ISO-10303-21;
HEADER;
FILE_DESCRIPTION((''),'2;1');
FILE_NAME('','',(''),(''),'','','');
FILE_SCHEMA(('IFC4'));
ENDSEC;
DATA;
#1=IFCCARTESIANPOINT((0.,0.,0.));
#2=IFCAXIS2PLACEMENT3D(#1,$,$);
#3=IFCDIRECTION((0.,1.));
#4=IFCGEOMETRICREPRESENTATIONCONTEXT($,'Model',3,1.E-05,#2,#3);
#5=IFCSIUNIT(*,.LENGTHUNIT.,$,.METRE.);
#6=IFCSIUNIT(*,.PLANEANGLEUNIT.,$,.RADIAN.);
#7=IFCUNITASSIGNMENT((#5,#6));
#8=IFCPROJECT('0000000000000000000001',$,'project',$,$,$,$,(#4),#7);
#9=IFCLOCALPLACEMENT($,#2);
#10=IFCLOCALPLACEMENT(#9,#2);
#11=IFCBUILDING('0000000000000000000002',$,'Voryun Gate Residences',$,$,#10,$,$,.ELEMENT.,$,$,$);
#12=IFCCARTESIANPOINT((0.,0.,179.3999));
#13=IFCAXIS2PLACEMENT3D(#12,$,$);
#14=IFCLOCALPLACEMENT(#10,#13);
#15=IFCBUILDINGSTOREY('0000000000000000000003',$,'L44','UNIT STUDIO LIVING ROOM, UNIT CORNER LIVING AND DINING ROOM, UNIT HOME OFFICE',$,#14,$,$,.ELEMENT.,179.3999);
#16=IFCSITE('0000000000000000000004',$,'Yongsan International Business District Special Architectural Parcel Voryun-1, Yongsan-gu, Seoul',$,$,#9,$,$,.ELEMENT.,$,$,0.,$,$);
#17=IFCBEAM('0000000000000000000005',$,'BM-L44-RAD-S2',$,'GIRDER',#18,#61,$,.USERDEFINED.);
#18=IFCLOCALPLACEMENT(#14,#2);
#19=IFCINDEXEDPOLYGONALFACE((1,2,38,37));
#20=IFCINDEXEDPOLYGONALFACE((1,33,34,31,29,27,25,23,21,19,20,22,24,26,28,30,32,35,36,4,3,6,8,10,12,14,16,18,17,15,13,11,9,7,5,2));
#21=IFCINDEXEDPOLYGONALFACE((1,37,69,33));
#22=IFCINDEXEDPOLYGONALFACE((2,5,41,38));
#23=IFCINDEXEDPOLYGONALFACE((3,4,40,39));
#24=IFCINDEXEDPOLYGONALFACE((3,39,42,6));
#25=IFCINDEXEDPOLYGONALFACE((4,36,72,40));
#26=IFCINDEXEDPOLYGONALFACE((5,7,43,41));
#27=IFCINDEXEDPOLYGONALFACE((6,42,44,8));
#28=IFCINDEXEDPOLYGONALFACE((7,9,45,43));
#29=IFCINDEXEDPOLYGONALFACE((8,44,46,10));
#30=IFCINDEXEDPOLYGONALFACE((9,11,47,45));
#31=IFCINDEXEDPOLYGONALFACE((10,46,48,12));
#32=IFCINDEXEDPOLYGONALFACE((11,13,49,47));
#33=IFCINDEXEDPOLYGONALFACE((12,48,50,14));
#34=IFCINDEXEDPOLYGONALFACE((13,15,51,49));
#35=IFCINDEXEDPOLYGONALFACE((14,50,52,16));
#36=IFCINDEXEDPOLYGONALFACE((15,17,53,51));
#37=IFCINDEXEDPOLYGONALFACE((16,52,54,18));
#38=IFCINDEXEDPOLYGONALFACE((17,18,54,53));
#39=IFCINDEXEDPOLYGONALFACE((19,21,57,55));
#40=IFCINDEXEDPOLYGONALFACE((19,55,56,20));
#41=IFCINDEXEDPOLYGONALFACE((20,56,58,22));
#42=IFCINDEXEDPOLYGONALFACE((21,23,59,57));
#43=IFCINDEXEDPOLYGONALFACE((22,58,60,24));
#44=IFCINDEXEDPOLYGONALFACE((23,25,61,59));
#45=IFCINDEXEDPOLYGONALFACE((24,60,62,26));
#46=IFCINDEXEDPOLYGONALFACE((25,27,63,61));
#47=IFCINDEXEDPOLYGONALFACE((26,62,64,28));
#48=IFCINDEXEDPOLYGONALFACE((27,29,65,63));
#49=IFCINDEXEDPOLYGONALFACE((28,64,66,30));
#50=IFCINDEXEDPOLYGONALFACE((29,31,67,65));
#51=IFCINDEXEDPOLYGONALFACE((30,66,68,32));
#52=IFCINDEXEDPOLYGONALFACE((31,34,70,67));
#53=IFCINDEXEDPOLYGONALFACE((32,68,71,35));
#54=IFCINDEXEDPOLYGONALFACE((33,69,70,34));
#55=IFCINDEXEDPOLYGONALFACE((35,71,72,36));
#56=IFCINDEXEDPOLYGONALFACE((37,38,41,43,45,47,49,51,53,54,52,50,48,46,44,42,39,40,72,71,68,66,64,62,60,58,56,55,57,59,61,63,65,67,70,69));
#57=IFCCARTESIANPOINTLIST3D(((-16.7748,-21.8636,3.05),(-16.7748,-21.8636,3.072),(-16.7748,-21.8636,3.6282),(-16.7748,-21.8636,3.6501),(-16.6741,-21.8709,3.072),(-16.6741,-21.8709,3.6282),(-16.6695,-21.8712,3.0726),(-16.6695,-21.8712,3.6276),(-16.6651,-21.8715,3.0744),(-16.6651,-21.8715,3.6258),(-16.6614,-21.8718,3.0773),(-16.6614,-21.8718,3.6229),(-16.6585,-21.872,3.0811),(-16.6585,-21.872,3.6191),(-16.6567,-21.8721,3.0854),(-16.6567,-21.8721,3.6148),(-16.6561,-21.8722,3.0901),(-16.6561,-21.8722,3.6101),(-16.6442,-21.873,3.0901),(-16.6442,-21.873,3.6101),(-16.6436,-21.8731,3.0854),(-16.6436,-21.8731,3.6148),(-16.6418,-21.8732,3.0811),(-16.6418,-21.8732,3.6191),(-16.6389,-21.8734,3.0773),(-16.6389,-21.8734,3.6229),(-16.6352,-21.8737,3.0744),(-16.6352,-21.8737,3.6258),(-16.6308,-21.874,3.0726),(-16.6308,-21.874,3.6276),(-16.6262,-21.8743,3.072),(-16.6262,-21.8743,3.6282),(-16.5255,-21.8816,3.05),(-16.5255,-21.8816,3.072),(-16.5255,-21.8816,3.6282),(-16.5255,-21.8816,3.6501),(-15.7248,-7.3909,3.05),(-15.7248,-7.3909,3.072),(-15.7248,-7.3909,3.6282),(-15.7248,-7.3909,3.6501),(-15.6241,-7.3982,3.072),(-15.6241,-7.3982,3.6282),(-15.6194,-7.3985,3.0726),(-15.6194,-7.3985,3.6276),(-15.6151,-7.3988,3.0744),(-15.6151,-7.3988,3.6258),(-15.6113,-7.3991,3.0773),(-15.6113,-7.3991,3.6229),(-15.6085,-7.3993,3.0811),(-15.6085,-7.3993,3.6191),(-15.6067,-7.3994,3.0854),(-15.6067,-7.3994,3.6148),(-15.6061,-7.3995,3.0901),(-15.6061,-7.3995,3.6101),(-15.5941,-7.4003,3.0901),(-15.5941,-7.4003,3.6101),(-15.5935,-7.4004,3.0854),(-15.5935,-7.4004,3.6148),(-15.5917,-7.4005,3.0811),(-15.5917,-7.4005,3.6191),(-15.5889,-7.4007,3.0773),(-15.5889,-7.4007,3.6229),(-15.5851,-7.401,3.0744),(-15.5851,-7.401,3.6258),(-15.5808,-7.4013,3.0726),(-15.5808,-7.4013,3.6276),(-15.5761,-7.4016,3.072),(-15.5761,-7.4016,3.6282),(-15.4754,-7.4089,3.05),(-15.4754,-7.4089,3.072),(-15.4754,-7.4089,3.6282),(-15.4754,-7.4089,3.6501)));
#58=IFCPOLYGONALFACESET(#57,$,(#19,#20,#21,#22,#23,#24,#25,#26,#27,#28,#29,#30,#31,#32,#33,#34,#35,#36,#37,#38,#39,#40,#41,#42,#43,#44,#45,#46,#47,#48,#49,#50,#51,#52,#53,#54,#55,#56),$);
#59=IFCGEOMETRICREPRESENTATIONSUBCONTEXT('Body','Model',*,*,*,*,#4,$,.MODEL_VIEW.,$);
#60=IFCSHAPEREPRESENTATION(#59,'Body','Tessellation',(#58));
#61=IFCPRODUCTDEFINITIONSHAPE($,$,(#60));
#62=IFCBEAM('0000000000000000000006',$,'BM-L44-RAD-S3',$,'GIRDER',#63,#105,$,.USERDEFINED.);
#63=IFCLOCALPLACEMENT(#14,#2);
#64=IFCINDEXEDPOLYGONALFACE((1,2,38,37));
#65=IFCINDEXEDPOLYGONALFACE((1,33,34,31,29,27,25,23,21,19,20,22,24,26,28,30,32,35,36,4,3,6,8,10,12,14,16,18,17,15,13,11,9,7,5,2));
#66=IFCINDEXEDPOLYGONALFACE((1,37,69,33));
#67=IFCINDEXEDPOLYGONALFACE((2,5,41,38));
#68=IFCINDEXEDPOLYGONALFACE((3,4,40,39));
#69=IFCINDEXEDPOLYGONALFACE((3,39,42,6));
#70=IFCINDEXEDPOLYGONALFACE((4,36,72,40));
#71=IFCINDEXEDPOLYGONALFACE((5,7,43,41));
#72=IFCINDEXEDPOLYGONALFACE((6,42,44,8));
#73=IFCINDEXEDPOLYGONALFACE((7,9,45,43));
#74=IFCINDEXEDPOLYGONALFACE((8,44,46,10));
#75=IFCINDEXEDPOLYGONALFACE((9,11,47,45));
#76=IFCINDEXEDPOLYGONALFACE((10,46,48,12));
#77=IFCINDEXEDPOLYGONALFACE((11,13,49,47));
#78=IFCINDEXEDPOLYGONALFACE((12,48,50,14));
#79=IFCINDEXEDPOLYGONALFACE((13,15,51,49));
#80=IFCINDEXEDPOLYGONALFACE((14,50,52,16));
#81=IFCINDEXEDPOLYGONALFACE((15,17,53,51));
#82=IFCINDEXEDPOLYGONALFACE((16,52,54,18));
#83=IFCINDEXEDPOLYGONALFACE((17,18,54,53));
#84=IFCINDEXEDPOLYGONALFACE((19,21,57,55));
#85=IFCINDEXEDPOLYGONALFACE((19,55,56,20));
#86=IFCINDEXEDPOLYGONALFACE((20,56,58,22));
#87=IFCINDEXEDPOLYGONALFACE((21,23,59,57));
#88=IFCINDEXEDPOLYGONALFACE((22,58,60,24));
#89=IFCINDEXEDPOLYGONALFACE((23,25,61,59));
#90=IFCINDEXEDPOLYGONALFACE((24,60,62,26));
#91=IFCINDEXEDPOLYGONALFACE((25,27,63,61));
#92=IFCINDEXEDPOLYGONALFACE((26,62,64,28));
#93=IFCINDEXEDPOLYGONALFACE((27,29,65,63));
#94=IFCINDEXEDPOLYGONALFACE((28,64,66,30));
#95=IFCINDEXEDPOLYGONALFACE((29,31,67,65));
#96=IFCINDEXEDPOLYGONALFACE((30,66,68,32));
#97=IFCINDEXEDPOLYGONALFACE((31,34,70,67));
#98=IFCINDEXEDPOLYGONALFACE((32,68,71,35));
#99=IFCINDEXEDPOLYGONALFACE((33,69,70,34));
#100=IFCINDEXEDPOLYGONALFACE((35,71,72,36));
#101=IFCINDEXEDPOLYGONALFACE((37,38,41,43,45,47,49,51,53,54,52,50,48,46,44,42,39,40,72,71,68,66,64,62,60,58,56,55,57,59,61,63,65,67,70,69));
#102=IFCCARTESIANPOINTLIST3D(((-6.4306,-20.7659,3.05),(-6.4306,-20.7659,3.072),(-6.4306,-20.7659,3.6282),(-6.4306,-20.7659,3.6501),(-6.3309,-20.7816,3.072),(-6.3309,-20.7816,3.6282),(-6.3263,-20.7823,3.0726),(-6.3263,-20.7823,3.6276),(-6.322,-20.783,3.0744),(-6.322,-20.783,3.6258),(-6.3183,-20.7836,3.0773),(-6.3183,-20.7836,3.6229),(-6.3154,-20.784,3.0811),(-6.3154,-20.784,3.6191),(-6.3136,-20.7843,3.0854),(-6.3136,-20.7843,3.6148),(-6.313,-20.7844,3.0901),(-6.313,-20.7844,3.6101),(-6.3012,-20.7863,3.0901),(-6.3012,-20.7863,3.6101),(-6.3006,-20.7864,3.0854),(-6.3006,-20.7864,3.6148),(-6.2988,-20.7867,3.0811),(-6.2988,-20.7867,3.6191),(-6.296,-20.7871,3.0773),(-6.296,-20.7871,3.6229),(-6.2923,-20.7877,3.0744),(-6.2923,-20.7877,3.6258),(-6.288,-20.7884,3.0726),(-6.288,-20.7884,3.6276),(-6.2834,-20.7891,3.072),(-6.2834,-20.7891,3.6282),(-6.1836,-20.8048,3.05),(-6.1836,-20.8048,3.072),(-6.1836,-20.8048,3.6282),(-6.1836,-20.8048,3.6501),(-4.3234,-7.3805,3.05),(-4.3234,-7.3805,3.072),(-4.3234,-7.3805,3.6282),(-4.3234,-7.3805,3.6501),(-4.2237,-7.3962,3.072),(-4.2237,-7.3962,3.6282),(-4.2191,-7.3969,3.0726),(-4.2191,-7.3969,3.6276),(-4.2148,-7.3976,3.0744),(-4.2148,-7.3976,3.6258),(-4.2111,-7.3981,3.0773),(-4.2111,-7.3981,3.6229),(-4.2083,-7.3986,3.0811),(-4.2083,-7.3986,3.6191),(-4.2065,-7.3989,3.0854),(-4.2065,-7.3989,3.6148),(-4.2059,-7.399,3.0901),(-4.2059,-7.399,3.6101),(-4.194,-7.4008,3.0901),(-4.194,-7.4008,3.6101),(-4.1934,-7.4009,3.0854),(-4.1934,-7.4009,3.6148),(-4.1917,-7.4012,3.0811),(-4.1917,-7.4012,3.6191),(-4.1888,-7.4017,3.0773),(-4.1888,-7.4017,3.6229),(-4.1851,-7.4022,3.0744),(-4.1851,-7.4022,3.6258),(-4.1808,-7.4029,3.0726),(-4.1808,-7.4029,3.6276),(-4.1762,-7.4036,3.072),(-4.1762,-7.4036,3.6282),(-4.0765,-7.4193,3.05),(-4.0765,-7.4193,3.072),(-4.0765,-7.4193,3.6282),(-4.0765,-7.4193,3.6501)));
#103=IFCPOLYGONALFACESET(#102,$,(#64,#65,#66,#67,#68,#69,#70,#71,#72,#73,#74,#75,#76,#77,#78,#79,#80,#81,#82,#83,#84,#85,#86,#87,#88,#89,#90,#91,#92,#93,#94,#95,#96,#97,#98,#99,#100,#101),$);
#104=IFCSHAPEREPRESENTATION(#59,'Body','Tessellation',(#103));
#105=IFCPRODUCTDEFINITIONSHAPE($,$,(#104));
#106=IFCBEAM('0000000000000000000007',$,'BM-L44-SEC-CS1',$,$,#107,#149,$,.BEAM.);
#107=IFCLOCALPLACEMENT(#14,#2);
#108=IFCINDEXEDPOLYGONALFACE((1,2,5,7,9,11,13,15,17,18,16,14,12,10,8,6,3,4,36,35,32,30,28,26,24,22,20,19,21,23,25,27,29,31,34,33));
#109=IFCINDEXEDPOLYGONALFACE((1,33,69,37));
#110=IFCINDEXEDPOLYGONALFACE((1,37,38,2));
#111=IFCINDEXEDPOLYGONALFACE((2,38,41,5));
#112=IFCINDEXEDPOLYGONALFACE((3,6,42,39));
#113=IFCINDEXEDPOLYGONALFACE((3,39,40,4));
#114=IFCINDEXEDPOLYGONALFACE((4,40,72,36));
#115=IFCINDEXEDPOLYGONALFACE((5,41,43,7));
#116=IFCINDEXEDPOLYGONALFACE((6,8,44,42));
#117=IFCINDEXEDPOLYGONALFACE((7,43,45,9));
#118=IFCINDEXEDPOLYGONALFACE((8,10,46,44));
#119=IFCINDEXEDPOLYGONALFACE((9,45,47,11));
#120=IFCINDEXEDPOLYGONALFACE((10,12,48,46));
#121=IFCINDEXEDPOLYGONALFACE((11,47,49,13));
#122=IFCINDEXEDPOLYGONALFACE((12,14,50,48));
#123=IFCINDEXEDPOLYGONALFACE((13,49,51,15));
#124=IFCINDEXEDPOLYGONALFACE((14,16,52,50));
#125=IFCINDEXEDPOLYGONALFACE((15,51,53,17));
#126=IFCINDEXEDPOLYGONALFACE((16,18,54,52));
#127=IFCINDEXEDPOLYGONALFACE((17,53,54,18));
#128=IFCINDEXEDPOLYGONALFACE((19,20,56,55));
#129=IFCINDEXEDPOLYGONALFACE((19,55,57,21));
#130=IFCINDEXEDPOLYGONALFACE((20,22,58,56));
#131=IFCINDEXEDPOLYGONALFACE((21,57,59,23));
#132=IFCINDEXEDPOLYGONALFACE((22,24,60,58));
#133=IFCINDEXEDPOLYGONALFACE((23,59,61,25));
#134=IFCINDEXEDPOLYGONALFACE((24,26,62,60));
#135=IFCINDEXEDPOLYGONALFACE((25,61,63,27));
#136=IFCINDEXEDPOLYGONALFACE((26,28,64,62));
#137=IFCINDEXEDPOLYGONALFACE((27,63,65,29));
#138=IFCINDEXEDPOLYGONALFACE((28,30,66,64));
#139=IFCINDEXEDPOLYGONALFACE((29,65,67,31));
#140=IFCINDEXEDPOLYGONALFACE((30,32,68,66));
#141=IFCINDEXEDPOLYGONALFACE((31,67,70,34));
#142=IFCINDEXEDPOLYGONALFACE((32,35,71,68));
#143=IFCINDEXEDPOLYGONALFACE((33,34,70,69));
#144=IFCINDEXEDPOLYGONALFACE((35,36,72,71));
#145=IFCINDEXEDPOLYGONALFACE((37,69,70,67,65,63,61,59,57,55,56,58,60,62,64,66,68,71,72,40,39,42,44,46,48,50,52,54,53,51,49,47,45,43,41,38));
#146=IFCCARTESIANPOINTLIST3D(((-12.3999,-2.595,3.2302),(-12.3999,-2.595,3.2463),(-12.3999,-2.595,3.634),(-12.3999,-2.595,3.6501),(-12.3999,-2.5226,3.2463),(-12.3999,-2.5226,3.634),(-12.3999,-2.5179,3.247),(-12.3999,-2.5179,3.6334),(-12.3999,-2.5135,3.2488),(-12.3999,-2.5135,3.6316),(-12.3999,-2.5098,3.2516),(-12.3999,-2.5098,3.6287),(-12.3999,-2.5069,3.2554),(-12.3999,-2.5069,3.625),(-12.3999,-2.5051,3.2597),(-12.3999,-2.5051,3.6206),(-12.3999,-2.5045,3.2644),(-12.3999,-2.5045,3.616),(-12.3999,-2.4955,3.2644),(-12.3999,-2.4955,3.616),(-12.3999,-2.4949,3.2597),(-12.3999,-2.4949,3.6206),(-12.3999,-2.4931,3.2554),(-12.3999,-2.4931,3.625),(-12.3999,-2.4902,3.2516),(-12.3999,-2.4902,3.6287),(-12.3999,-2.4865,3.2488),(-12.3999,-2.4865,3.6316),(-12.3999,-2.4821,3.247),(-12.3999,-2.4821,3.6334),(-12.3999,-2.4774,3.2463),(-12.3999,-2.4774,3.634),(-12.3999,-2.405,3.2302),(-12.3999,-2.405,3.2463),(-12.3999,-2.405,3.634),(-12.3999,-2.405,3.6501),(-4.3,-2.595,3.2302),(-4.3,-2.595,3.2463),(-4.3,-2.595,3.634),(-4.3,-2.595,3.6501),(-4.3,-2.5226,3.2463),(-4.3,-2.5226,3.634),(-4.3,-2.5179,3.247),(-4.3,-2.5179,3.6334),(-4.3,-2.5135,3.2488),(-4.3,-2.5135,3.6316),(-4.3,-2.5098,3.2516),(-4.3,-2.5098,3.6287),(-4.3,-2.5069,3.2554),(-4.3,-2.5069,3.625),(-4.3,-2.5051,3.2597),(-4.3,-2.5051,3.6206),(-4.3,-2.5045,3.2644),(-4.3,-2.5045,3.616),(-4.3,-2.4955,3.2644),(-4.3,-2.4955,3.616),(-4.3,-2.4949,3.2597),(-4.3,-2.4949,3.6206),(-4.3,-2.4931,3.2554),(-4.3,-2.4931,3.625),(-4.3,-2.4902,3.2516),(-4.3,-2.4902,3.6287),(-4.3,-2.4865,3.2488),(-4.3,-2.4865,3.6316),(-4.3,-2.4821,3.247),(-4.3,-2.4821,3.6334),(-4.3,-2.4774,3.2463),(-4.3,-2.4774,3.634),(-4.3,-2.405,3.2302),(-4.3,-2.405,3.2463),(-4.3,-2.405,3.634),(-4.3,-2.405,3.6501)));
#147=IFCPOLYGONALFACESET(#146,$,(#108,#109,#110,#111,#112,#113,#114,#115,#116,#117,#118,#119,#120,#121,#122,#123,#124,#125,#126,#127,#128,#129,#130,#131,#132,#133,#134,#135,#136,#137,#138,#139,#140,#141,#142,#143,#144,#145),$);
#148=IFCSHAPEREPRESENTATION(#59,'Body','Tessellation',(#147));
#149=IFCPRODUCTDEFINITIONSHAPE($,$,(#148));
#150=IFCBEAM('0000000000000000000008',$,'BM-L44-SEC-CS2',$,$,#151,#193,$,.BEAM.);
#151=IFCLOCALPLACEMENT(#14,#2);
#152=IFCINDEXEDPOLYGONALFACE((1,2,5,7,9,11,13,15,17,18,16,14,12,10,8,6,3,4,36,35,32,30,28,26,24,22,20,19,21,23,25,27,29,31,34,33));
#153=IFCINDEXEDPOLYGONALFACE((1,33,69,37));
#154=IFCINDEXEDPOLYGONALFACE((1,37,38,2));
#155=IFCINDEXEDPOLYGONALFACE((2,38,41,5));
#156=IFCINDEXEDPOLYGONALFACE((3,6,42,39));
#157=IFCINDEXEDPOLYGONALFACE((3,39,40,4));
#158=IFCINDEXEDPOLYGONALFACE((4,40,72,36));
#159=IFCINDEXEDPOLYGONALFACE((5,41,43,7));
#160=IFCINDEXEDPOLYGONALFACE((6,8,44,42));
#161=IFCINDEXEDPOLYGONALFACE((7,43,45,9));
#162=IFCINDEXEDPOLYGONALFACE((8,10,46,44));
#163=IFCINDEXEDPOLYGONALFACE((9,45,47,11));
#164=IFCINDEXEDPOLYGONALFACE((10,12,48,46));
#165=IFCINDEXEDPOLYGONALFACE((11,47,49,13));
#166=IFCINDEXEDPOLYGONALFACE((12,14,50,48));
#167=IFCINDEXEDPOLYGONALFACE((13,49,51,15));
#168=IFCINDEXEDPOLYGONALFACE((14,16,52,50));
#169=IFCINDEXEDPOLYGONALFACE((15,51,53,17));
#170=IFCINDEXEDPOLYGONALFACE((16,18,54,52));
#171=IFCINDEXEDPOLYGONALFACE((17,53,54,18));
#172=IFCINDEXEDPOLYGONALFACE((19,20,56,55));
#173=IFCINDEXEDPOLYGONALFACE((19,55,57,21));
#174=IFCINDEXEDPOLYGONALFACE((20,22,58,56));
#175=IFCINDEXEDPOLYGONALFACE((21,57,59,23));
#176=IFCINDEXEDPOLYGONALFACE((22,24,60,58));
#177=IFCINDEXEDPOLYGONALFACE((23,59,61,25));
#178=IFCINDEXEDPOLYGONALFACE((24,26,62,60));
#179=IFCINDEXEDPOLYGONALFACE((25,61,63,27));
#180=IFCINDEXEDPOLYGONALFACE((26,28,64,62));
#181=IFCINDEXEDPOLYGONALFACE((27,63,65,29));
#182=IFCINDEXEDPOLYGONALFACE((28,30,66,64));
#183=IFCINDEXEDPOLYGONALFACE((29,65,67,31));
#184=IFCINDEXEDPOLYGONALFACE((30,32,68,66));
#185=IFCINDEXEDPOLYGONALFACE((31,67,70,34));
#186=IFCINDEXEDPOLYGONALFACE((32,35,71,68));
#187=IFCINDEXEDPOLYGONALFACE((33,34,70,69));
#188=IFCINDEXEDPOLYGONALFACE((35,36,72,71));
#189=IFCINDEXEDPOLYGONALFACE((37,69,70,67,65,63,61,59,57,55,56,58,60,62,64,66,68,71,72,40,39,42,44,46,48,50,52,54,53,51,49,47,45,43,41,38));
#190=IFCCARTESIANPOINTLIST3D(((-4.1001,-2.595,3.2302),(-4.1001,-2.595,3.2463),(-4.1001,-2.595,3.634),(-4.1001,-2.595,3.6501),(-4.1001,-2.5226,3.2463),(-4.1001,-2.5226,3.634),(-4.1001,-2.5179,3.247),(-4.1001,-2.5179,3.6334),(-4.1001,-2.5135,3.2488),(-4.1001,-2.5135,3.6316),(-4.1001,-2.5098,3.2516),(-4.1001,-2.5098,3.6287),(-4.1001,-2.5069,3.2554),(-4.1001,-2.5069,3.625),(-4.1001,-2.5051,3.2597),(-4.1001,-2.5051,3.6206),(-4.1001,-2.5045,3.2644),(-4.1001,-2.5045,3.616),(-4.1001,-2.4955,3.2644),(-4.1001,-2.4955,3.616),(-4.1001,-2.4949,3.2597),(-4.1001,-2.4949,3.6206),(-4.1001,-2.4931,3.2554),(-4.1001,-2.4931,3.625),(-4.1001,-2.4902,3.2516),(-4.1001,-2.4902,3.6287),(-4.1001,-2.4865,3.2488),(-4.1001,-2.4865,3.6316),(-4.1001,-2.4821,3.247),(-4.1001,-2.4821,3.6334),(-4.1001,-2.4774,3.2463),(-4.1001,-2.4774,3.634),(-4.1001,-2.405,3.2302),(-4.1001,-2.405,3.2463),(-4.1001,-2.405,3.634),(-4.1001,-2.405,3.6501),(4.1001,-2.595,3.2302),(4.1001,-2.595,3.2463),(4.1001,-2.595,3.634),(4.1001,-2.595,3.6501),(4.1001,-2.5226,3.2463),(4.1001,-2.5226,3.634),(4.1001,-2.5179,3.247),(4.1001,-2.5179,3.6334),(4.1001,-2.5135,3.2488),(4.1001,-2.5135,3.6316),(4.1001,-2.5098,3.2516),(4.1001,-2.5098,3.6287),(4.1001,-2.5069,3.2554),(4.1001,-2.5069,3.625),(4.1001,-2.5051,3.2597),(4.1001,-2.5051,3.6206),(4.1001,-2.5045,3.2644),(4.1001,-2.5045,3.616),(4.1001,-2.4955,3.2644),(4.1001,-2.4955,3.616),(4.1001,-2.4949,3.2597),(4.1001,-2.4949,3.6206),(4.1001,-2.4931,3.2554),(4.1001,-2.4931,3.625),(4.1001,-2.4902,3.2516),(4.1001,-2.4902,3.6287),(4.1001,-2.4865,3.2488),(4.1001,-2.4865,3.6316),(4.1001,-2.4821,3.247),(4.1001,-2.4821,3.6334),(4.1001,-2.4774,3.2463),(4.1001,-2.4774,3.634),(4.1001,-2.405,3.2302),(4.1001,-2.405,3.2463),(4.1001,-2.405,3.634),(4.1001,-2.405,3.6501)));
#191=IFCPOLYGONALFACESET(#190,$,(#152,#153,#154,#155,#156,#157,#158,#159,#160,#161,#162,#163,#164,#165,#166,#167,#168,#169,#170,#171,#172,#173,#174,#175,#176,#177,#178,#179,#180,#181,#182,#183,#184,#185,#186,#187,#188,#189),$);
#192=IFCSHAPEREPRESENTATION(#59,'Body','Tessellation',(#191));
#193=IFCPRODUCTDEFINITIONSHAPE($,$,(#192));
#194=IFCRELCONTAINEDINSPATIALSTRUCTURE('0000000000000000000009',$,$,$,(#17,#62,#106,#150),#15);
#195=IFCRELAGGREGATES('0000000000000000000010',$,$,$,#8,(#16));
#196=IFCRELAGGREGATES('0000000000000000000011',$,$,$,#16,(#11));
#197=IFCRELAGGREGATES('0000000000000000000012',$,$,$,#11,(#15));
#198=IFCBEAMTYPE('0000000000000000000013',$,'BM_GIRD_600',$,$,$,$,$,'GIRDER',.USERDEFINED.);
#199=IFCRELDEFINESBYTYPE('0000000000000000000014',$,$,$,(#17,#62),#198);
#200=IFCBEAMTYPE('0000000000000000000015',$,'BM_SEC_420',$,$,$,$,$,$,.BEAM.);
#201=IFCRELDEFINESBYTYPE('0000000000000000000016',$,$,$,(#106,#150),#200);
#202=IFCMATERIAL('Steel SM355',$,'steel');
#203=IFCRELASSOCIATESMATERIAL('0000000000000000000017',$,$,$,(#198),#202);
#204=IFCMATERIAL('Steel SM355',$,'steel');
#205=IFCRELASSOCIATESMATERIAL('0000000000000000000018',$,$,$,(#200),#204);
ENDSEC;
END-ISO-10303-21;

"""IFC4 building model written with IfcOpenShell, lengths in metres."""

from ifc_helpers import new_model, si_unit, direction, frame, origin, origin_2d, place, context, subcontext, project, spatial, i_section, extrude, material, material_profile, profile_set, type_object, element, save


model = new_model("IFC4")

# Units and contexts
model_context = context("Model", 3, precision=1e-05, world=origin(), true_north=direction((0.0, 1.0)))
body_context = subcontext(model_context, "Body", "Model", "MODEL_VIEW")
ifc_project = project(units=[si_unit("LENGTHUNIT", "METRE"), si_unit("PLANEANGLEUNIT", "RADIAN")], contexts=[model_context])

# Site, building, storey
site_placement = place(None, origin())
site = spatial("IfcSite", under=ifc_project, at=site_placement, Name="Yongsan International Business District Special Architectural Parcel Voryun-1, Yongsan-gu, Seoul", CompositionType="ELEMENT", RefElevation=0.0)
building_placement = place(site_placement, origin())
building = spatial("IfcBuilding", under=site, at=building_placement, Name="Voryun Gate Residences", CompositionType="ELEMENT")
storey_placement = place(building_placement, frame((0.0, 0.0, 179.3999)))
storey = spatial("IfcBuildingStorey", under=building, at=storey_placement, Name="L44", Description="UNIT STUDIO LIVING ROOM, UNIT CORNER LIVING AND DINING ROOM, UNIT HOME OFFICE", CompositionType="ELEMENT", Elevation=179.3999)

# Beams
ifc_material_1 = material(Name="Steel SM355", Category="steel")
ifc_material_profile_1 = material_profile(ifc_material_1, i_section(OverallWidth=0.25, OverallDepth=0.6001, WebThickness=0.012, FlangeThickness=0.022, FilletRadius=0.0181, at=origin_2d()), Name="H-600x250x12x22")
ifc_profile_set_1 = profile_set([ifc_material_profile_1], Name="Steel SM355")
beam_type_1 = type_object("IfcBeamType", Name="BM_GIRD_600", ElementType="GIRDER", PredefinedType="USERDEFINED", material=ifc_profile_set_1)
beam_1_placement = place(storey_placement, frame((-15.6001, -7.3999, 3.3501), z_axis=(-0.072364, -0.997378, 0.0), x_axis=(0.997378, -0.072364, 0.0)))
element("IfcBeam", 1, at=beam_1_placement, inside=storey, type_object=beam_type_1, Name="BM-L44-RAD-S2", ObjectType="GIRDER", PredefinedType="USERDEFINED", context=body_context, shape_type="SweptSolid", body=[
    extrude(i_section(OverallWidth=0.25, OverallDepth=0.6001, WebThickness=0.012, FlangeThickness=0.022, FilletRadius=0.0181, at=origin_2d()), origin(), (0.0, 0.0, 1.0), 14.5107),
])
beam_2_placement = place(storey_placement, frame((-4.2, -7.3999, 3.3501), z_axis=(-0.155507, -0.987835, 0.0), x_axis=(0.987835, -0.155507, 0.0)))
element("IfcBeam", 2, at=beam_2_placement, inside=storey, type_object=beam_type_1, Name="BM-L44-RAD-S3", ObjectType="GIRDER", PredefinedType="USERDEFINED", context=body_context, shape_type="SweptSolid", body=[
    extrude(i_section(OverallWidth=0.25, OverallDepth=0.6001, WebThickness=0.012, FlangeThickness=0.022, FilletRadius=0.0181, at=origin_2d()), origin(), (0.0, 0.0, 1.0), 13.5503),
])
ifc_material_2 = material(Name="Steel SM355", Category="steel")
ifc_material_profile_2 = material_profile(ifc_material_2, i_section(OverallWidth=0.1899, OverallDepth=0.4199, WebThickness=0.009, FlangeThickness=0.0161, FilletRadius=0.0181, at=origin_2d()), Name="H-420x190x9x16")
ifc_profile_set_2 = profile_set([ifc_material_profile_2], Name="Steel SM355")
beam_type_2 = type_object("IfcBeamType", Name="BM_SEC_420", PredefinedType="BEAM", material=ifc_profile_set_2)
beam_3_placement = place(storey_placement, frame((-12.3999, -2.5, 3.4402), z_axis=(1.0, 0.0, 0.0), x_axis=(0.0, 1.0, 0.0)))
element("IfcBeam", 3, at=beam_3_placement, inside=storey, type_object=beam_type_2, Name="BM-L44-SEC-CS1", PredefinedType="BEAM", context=body_context, shape_type="SweptSolid", body=[
    extrude(i_section(OverallWidth=0.1899, OverallDepth=0.4199, WebThickness=0.009, FlangeThickness=0.0161, FilletRadius=0.0181, at=origin_2d()), origin(), (0.0, 0.0, 1.0), 8.0999),
])
beam_4_placement = place(storey_placement, frame((-4.1001, -2.5, 3.4402), z_axis=(1.0, 0.0, 0.0), x_axis=(0.0, 1.0, 0.0)))
element("IfcBeam", 4, at=beam_4_placement, inside=storey, type_object=beam_type_2, Name="BM-L44-SEC-CS2", PredefinedType="BEAM", context=body_context, shape_type="SweptSolid", body=[
    extrude(i_section(OverallWidth=0.1899, OverallDepth=0.4199, WebThickness=0.009, FlangeThickness=0.0161, FilletRadius=0.0181, at=origin_2d()), origin(), (0.0, 0.0, 1.0), 8.2002),
])

save(model, "model.ifc")
